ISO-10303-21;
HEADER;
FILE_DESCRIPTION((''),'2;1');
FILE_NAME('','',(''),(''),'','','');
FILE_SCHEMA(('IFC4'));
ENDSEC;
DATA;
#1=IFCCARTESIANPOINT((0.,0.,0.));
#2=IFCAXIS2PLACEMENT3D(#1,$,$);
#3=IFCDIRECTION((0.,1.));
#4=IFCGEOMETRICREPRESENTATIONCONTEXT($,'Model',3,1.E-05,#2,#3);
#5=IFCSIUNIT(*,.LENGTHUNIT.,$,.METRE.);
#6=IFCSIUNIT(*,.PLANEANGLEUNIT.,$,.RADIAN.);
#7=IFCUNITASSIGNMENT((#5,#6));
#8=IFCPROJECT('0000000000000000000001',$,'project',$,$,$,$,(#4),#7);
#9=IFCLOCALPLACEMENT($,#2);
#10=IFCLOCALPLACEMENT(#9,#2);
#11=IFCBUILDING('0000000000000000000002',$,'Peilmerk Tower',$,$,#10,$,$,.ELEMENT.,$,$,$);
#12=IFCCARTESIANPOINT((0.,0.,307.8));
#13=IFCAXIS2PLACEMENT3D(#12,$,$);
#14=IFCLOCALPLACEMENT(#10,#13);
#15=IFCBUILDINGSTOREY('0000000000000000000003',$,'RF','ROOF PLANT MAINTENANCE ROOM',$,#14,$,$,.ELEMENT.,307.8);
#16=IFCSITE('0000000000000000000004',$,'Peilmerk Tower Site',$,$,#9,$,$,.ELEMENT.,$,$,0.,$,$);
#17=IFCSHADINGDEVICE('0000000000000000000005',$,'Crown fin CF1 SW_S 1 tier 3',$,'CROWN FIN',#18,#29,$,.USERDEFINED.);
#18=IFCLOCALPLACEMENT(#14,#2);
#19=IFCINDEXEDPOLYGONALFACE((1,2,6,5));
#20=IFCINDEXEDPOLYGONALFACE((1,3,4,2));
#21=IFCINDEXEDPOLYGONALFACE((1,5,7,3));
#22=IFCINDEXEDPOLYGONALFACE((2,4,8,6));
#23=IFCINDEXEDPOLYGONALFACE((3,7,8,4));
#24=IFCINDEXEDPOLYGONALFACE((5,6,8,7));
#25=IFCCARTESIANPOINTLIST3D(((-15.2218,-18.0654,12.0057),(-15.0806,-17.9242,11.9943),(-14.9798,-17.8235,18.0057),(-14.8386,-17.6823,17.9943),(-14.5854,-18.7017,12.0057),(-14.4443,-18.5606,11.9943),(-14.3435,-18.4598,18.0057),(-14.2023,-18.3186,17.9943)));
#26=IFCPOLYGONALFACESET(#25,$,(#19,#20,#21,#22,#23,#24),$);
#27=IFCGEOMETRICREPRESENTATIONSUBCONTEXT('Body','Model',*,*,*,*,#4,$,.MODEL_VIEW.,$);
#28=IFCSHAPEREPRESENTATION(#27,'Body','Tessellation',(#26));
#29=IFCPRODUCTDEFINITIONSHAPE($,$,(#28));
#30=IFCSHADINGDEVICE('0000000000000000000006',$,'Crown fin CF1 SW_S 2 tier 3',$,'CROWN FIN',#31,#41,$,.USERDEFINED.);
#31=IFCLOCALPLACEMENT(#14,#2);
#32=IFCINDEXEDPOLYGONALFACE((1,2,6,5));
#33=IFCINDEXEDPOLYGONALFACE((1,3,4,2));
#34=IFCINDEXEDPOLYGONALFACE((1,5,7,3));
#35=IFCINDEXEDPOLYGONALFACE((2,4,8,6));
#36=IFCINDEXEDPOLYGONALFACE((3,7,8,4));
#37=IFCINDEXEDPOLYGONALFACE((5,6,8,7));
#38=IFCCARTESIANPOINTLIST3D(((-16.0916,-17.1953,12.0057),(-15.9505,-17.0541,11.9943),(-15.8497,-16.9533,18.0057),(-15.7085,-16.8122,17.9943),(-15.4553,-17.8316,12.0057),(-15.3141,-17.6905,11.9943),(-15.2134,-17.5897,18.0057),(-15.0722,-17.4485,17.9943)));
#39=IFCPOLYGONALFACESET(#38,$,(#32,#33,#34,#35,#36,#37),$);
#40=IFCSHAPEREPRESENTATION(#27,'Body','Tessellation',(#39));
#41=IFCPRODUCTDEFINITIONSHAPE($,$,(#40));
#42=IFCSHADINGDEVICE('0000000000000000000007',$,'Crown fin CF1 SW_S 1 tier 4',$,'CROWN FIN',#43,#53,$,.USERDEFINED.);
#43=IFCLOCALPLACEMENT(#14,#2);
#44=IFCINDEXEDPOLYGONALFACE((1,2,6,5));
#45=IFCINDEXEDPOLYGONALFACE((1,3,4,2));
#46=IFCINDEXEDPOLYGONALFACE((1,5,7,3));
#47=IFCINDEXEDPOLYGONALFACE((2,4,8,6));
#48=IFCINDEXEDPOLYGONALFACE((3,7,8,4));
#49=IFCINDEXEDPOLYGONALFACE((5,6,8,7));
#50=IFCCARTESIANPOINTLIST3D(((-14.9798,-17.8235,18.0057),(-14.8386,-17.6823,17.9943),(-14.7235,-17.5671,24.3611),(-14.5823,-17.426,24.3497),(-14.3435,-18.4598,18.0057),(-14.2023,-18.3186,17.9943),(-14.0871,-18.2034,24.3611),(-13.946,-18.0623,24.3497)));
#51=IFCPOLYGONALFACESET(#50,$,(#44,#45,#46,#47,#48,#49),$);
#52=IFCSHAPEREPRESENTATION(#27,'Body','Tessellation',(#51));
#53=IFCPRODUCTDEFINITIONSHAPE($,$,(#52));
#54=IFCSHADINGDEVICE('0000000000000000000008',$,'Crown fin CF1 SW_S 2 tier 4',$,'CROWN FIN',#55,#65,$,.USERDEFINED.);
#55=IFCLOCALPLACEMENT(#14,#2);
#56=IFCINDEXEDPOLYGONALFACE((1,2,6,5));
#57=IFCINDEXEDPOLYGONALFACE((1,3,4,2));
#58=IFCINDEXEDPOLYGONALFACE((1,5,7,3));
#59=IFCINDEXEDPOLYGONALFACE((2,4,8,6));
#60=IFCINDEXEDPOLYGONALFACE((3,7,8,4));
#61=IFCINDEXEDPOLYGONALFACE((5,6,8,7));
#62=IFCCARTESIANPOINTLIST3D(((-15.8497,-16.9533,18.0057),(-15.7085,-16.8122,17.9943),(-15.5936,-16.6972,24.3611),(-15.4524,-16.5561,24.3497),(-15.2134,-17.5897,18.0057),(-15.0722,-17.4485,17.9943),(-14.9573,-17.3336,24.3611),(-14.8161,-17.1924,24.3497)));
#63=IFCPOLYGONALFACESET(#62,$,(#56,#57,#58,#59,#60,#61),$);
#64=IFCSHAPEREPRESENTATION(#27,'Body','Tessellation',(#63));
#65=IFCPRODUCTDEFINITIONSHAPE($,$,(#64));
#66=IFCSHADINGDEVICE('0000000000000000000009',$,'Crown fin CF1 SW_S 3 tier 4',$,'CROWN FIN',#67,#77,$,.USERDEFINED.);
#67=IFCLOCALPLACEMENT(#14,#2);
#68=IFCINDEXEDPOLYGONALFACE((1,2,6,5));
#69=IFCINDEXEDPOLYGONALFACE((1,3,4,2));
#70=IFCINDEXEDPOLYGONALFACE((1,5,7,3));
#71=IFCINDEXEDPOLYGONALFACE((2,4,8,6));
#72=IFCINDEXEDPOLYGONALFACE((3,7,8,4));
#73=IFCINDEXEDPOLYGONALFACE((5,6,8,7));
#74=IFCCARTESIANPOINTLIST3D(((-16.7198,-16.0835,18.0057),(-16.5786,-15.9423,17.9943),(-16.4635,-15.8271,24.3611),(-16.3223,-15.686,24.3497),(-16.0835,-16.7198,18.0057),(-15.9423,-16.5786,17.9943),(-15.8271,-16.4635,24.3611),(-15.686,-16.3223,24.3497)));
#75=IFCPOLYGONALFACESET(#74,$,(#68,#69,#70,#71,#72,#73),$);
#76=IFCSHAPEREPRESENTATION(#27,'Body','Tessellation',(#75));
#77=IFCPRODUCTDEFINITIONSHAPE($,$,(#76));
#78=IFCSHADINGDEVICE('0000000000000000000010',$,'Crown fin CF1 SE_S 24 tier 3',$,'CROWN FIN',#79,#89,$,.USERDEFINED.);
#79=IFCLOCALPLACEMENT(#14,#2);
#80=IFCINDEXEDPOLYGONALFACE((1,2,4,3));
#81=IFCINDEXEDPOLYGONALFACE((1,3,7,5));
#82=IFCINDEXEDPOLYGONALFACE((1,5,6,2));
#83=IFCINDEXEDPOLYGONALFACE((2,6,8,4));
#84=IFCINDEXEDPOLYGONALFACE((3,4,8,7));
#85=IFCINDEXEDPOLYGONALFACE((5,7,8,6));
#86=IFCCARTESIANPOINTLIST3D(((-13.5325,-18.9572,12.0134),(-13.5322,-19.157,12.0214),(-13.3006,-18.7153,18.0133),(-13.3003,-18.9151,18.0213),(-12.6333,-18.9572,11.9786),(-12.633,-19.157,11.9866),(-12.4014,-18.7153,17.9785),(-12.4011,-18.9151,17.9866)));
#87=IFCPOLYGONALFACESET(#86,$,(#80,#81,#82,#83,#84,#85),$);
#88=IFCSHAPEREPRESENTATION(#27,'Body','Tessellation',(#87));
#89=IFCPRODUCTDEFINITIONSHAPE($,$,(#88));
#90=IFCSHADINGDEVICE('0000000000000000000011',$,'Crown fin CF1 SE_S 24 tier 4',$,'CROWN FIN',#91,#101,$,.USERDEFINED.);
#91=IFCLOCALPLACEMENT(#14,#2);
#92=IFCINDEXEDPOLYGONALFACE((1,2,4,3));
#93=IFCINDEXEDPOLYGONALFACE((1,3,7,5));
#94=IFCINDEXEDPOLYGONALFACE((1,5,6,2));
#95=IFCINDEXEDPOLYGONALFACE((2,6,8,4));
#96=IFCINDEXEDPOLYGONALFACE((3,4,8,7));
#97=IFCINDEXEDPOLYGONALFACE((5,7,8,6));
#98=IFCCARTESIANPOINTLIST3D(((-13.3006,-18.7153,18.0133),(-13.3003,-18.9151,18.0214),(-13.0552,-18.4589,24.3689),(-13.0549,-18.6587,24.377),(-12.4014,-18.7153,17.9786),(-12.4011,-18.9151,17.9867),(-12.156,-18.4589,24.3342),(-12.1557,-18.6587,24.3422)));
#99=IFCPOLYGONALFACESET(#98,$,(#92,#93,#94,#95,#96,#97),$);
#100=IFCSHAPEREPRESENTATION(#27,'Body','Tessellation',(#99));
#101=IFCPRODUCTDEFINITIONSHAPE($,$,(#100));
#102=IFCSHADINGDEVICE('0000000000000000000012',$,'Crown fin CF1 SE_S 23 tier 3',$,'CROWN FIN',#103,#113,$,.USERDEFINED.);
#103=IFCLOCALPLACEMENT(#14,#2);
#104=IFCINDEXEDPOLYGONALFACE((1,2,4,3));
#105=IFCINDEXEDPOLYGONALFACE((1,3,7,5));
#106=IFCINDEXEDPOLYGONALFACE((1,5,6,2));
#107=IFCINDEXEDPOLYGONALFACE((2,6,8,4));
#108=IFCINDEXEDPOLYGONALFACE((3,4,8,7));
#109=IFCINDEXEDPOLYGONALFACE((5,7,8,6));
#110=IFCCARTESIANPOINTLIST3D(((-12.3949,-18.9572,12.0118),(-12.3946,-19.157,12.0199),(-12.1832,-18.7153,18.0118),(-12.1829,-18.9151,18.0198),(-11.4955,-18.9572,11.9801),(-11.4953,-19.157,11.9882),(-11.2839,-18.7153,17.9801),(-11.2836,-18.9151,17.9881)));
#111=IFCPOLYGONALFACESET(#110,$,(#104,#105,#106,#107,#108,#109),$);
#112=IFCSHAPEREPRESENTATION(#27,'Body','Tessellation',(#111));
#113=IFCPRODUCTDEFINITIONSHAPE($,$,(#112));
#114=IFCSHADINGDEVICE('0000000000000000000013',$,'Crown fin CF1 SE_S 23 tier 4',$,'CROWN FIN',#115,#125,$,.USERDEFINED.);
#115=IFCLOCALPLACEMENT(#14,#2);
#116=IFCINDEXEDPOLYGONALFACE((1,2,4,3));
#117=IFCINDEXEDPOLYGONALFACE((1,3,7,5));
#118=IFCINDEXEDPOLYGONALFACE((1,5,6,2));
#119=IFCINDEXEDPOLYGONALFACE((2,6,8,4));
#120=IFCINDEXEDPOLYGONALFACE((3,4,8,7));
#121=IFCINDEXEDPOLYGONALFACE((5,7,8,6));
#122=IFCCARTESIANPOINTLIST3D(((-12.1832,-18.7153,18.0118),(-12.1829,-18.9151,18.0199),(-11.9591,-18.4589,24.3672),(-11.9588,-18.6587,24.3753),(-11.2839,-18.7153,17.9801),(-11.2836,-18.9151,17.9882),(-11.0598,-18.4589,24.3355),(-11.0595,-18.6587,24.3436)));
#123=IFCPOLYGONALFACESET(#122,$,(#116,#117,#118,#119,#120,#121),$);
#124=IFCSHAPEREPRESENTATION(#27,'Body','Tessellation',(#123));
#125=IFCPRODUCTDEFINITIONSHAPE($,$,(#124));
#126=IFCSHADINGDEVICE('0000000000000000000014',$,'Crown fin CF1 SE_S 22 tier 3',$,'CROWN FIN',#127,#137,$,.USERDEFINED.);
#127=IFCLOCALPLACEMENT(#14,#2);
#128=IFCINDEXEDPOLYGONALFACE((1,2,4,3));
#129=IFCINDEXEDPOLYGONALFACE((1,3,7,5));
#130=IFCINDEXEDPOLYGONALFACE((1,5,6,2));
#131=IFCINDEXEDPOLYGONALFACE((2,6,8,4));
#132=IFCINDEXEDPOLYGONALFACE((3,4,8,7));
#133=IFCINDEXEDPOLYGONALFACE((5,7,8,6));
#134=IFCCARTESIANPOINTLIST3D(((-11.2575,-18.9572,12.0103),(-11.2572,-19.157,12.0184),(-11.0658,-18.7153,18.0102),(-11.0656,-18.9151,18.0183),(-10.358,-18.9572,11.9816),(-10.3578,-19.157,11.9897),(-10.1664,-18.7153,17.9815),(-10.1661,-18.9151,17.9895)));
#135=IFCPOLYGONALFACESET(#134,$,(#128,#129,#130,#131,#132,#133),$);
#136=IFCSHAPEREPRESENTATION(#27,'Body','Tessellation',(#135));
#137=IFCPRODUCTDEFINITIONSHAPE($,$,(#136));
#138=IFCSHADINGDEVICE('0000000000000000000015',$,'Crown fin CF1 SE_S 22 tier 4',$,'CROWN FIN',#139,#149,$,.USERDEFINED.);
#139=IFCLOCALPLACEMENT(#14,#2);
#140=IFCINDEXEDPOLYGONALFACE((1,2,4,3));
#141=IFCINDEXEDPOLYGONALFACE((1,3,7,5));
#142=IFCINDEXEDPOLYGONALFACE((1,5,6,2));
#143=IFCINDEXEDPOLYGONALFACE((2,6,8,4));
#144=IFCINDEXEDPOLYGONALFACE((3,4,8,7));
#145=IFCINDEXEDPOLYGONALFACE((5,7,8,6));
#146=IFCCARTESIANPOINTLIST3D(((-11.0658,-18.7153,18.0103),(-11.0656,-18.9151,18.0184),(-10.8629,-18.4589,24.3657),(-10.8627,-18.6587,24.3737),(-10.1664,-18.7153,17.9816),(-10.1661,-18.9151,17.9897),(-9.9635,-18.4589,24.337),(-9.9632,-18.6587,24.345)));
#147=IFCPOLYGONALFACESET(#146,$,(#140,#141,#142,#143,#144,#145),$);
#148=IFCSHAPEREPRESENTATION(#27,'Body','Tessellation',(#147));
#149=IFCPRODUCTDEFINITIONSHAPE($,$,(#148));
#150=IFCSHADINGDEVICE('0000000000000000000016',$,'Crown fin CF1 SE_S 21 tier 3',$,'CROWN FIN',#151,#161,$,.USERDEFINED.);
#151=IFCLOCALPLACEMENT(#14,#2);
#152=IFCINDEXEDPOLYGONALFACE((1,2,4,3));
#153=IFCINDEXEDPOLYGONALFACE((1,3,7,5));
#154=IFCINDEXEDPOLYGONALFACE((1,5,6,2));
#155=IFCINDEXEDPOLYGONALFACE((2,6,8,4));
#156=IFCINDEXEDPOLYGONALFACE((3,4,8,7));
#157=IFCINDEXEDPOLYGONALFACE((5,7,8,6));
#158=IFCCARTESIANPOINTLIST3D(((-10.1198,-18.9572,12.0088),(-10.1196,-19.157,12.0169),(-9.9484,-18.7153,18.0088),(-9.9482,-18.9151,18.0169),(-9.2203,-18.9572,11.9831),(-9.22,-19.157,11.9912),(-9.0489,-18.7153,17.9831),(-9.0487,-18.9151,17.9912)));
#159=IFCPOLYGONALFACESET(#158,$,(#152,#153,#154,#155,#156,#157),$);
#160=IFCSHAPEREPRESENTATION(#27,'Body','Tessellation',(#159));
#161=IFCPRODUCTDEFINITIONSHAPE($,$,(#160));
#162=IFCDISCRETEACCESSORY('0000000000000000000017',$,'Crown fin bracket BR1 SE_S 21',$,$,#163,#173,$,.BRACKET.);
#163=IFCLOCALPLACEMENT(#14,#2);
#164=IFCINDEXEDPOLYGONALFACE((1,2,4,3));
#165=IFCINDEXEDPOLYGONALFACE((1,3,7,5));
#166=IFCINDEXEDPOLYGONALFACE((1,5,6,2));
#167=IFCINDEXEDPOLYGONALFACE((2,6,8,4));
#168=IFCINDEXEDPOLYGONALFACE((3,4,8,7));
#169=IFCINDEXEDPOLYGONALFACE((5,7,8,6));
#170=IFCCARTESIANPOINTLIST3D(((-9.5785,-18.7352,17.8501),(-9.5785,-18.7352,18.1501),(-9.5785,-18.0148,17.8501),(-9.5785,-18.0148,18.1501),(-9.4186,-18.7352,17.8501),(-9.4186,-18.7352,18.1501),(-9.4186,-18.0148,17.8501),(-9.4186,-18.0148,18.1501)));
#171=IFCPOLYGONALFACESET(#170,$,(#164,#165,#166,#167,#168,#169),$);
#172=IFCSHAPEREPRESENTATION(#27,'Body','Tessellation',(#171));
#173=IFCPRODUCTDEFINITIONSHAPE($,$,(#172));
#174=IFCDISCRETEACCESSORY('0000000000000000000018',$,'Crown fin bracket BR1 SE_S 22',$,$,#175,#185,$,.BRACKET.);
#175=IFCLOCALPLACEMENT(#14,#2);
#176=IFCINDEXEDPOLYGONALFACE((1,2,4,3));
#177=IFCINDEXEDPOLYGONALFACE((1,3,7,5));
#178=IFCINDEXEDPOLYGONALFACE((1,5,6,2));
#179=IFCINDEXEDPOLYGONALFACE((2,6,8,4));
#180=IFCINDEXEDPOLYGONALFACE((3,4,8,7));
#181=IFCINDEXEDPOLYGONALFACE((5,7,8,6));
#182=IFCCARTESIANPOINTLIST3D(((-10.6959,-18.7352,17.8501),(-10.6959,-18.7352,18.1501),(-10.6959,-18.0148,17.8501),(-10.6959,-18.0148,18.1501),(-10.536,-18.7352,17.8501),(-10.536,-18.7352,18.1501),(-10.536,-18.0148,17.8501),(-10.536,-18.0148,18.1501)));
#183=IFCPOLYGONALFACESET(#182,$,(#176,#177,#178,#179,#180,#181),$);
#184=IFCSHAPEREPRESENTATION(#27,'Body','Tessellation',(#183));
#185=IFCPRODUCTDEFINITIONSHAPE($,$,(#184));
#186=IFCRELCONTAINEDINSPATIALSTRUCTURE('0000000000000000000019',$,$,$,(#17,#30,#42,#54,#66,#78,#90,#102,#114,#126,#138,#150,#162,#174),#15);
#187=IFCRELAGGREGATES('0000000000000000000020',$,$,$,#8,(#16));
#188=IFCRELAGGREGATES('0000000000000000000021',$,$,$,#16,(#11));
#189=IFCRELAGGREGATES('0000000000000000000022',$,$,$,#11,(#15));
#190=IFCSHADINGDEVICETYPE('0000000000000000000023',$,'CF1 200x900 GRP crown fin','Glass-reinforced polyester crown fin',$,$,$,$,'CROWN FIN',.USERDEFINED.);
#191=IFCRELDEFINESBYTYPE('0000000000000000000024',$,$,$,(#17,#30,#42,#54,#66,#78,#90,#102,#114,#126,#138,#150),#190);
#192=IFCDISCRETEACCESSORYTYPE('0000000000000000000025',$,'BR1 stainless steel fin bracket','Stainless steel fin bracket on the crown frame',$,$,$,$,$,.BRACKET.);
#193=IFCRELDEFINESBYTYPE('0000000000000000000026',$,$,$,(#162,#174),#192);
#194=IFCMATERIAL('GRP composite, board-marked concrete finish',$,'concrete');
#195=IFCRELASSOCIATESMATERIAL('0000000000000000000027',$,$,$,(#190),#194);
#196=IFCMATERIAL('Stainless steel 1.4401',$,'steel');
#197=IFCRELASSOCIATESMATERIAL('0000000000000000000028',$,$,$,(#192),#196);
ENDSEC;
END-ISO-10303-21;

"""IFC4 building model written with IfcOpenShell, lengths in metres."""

from ifc_helpers import new_model, si_unit, direction, frame, origin, origin_2d, place, context, subcontext, project, spatial, rectangle, extrude, source, transform, mapped, material, material_profile, profile_set, type_object, element, save


model = new_model("IFC4")

# Units and contexts
model_context = context("Model", 3, precision=1e-05, world=origin(), true_north=direction((0.0, 1.0)))
body_context = subcontext(model_context, "Body", "Model", "MODEL_VIEW")
ifc_project = project(units=[si_unit("LENGTHUNIT", "METRE"), si_unit("PLANEANGLEUNIT", "RADIAN")], contexts=[model_context])

# Site, building, storey
site_placement = place(None, origin())
site = spatial("IfcSite", under=ifc_project, at=site_placement, Name="Peilmerk Tower Site", CompositionType="ELEMENT", RefElevation=0.0)
building_placement = place(site_placement, origin())
building = spatial("IfcBuilding", under=site, at=building_placement, Name="Peilmerk Tower", CompositionType="ELEMENT")
storey_placement = place(building_placement, frame((0.0, 0.0, 307.8)))
storey = spatial("IfcBuildingStorey", under=building, at=storey_placement, Name="RF", Description="ROOF PLANT MAINTENANCE ROOM", CompositionType="ELEMENT", Elevation=307.8)

# Shading devices
ifc_material_1 = material(Name="GRP composite, board-marked concrete finish", Category="concrete")
ifc_material_profile_1 = material_profile(ifc_material_1, rectangle(XDim=0.2, YDim=0.8999, at=origin_2d()), Name="CF1 200x900")
ifc_profile_set_1 = profile_set([ifc_material_profile_1], Name="GRP composite, board-marked concrete finish")
shading_device_type = type_object("IfcShadingDeviceType", Name="CF1 200x900 GRP crown fin", Description="Glass-reinforced polyester crown fin", ElementType="CROWN FIN", PredefinedType="USERDEFINED", material=ifc_profile_set_1)
shared_shape_1 = source(origin(), body_context, "Body", "SweptSolid", [
    extrude(rectangle(XDim=0.2, YDim=0.8999, at=origin_2d()), origin(), (0.0, 0.0, 1.0), 6.0098),
])
for number, where, z_axis, x_axis, name in (
    (1, (-14.833, -18.313, 12.0), (0.040258, 0.040258, 0.998378), (-0.70596, -0.70596, 0.056934), "Crown fin CF1 SW_S 1 tier 3"),
    (2, (-15.7029, -17.4429, 12.0), (0.040258, 0.040258, 0.998378), (-0.70596, -0.70596, 0.056934), "Crown fin CF1 SW_S 2 tier 3"),
):
    element("IfcShadingDevice", number, at=place(storey_placement, frame(where, z_axis=z_axis, x_axis=x_axis)), inside=storey, type_object=shading_device_type, Name=name, ObjectType="CROWN FIN", PredefinedType="USERDEFINED", context=body_context, shape_type="MappedRepresentation", body=[
        mapped(shared_shape_1, transform((0.0, 0.0, 0.0), scale=1.0)),
    ])
shared_shape_2 = source(origin(), body_context, "Body", "SweptSolid", [
    extrude(rectangle(XDim=0.2, YDim=0.8999, at=origin_2d()), origin(), (0.0, 0.0, 1.0), 6.3657),
])
for number, where, z_axis, x_axis, name in (
    (3, (-14.5911, -18.071, 18.0), (0.04027, 0.04027, 0.998377), (-0.705959, -0.705959, 0.05695), "Crown fin CF1 SW_S 1 tier 4"),
    (4, (-15.4609, -17.2009, 18.0), (0.040231, 0.040231, 0.99838), (-0.705961, -0.705961, 0.056896), "Crown fin CF1 SW_S 2 tier 4"),
    (5, (-16.3311, -16.3311, 18.0), (0.04027, 0.04027, 0.998377), (-0.705959, -0.705959, 0.05695), "Crown fin CF1 SW_S 3 tier 4"),
):
    element("IfcShadingDevice", number, at=place(storey_placement, frame(where, z_axis=z_axis, x_axis=x_axis)), inside=storey, type_object=shading_device_type, Name=name, ObjectType="CROWN FIN", PredefinedType="USERDEFINED", context=body_context, shape_type="MappedRepresentation", body=[
        mapped(shared_shape_2, transform((0.0, 0.0, 0.0), scale=1.0)),
    ])
shared_shape_3 = source(origin(), body_context, "Body", "SweptSolid", [
    extrude(rectangle(XDim=0.2, YDim=0.8999, at=origin_2d()), origin(), (0.0, 0.0, 1.0), 6.0093),
])
shading_device_1_placement = place(storey_placement, frame((-13.0828, -19.0571, 12.0), z_axis=(0.038595, 0.040261, 0.998444), x_axis=(0.001555, -0.999189, 0.040231)))
element("IfcShadingDevice", 6, at=shading_device_1_placement, inside=storey, type_object=shading_device_type, Name="Crown fin CF1 SE_S 24 tier 3", ObjectType="CROWN FIN", PredefinedType="USERDEFINED", context=body_context, shape_type="MappedRepresentation", body=[
    mapped(shared_shape_3, transform((0.0, 0.0, 0.0), scale=1.0)),
])
shared_shape_4 = source(origin(), body_context, "Body", "SweptSolid", [
    extrude(rectangle(XDim=0.2, YDim=0.8999, at=origin_2d()), origin(), (0.0, 0.0, 1.0), 6.3655),
])
shading_device_2_placement = place(storey_placement, frame((-12.8508, -18.8152, 18.0), z_axis=(0.038546, 0.040272, 0.998445), x_axis=(0.001554, -0.999189, 0.040242)))
element("IfcShadingDevice", 7, at=shading_device_2_placement, inside=storey, type_object=shading_device_type, Name="Crown fin CF1 SE_S 24 tier 4", ObjectType="CROWN FIN", PredefinedType="USERDEFINED", context=body_context, shape_type="MappedRepresentation", body=[
    mapped(shared_shape_4, transform((0.0, 0.0, 0.0), scale=1.0)),
])
shared_shape_5 = source(origin(), body_context, "Body", "SweptSolid", [
    extrude(rectangle(XDim=0.2, YDim=0.8999, at=origin_2d()), origin(), (0.0, 0.0, 1.0), 6.0085),
])
shading_device_3_placement = place(storey_placement, frame((-11.9451, -19.0571, 12.0), z_axis=(0.035228, 0.040266, 0.998568), x_axis=(0.00142, -0.999189, 0.040241)))
element("IfcShadingDevice", 8, at=shading_device_3_placement, inside=storey, type_object=shading_device_type, Name="Crown fin CF1 SE_S 23 tier 3", ObjectType="CROWN FIN", PredefinedType="USERDEFINED", context=body_context, shape_type="MappedRepresentation", body=[
    mapped(shared_shape_5, transform((0.0, 0.0, 0.0), scale=1.0)),
])
shared_shape_6 = source(origin(), body_context, "Body", "SweptSolid", [
    extrude(rectangle(XDim=0.2, YDim=0.8999, at=origin_2d()), origin(), (0.0, 0.0, 1.0), 6.3645),
])
shading_device_4_placement = place(storey_placement, frame((-11.7334, -18.8152, 18.0), z_axis=(0.035214, 0.040277, 0.998568), x_axis=(0.001419, -0.999189, 0.040252)))
element("IfcShadingDevice", 9, at=shading_device_4_placement, inside=storey, type_object=shading_device_type, Name="Crown fin CF1 SE_S 23 tier 4", ObjectType="CROWN FIN", PredefinedType="USERDEFINED", context=body_context, shape_type="MappedRepresentation", body=[
    mapped(shared_shape_6, transform((0.0, 0.0, 0.0), scale=1.0)),
])
shared_shape_7 = source(origin(), body_context, "Body", "SweptSolid", [
    extrude(rectangle(XDim=0.2, YDim=0.8999, at=origin_2d()), origin(), (0.0, 0.0, 1.0), 6.0078),
])
shading_device_5_placement = place(storey_placement, frame((-10.8076, -19.0571, 12.0), z_axis=(0.0319, 0.040271, 0.998679), x_axis=(0.001286, -0.999189, 0.04025)))
element("IfcShadingDevice", 10, at=shading_device_5_placement, inside=storey, type_object=shading_device_type, Name="Crown fin CF1 SE_S 22 tier 3", ObjectType="CROWN FIN", PredefinedType="USERDEFINED", context=body_context, shape_type="MappedRepresentation", body=[
    mapped(shared_shape_7, transform((0.0, 0.0, 0.0), scale=1.0)),
])
shared_shape_8 = source(origin(), body_context, "Body", "SweptSolid", [
    extrude(rectangle(XDim=0.2, YDim=0.8999, at=origin_2d()), origin(), (0.0, 0.0, 1.0), 6.3638),
])
shading_device_6_placement = place(storey_placement, frame((-10.616, -18.8152, 18.0), z_axis=(0.03188, 0.040282, 0.99868), x_axis=(0.001285, -0.999188, 0.040261)))
element("IfcShadingDevice", 11, at=shading_device_6_placement, inside=storey, type_object=shading_device_type, Name="Crown fin CF1 SE_S 22 tier 4", ObjectType="CROWN FIN", PredefinedType="USERDEFINED", context=body_context, shape_type="MappedRepresentation", body=[
    mapped(shared_shape_8, transform((0.0, 0.0, 0.0), scale=1.0)),
])
shared_shape_9 = source(origin(), body_context, "Body", "SweptSolid", [
    extrude(rectangle(XDim=0.2, YDim=0.8999, at=origin_2d()), origin(), (0.0, 0.0, 1.0), 6.0073),
])
shading_device_7_placement = place(storey_placement, frame((-9.6699, -19.0571, 12.0), z_axis=(0.02853, 0.040275, 0.998781), x_axis=(0.00115, -0.999189, 0.040258)))
element("IfcShadingDevice", 12, at=shading_device_7_placement, inside=storey, type_object=shading_device_type, Name="Crown fin CF1 SE_S 21 tier 3", ObjectType="CROWN FIN", PredefinedType="USERDEFINED", context=body_context, shape_type="MappedRepresentation", body=[
    mapped(shared_shape_9, transform((0.0, 0.0, 0.0), scale=1.0)),
])

# Discrete accessories
ifc_material_2 = material(Name="Stainless steel 1.4401", Category="steel")
discrete_accessory_type = type_object("IfcDiscreteAccessoryType", Name="BR1 stainless steel fin bracket", Description="Stainless steel fin bracket on the crown frame", PredefinedType="BRACKET", material=ifc_material_2)
shared_shape_10 = source(origin(), body_context, "Body", "SweptSolid", [
    extrude(rectangle(XDim=0.7205, YDim=0.1599, at=origin_2d()), origin(), (0.0, 0.0, 1.0), 0.3),
])
for number, where, z_axis, x_axis, name in (
    (13, (-9.4985, -18.375, 17.8501), (0.0, 0.0, 1.0), (0.0, -1.0, 0.0), "Crown fin bracket BR1 SE_S 21"),
    (14, (-10.616, -18.375, 17.8501), (0.0, 0.0, 1.0), (0.0, -1.0, 0.0), "Crown fin bracket BR1 SE_S 22"),
):
    element("IfcDiscreteAccessory", number, at=place(storey_placement, frame(where, z_axis=z_axis, x_axis=x_axis)), inside=storey, type_object=discrete_accessory_type, Name=name, PredefinedType="BRACKET", context=body_context, shape_type="MappedRepresentation", body=[
        mapped(shared_shape_10, transform((0.0, 0.0, 0.0), scale=1.0)),
    ])

save(model, "model.ifc")
